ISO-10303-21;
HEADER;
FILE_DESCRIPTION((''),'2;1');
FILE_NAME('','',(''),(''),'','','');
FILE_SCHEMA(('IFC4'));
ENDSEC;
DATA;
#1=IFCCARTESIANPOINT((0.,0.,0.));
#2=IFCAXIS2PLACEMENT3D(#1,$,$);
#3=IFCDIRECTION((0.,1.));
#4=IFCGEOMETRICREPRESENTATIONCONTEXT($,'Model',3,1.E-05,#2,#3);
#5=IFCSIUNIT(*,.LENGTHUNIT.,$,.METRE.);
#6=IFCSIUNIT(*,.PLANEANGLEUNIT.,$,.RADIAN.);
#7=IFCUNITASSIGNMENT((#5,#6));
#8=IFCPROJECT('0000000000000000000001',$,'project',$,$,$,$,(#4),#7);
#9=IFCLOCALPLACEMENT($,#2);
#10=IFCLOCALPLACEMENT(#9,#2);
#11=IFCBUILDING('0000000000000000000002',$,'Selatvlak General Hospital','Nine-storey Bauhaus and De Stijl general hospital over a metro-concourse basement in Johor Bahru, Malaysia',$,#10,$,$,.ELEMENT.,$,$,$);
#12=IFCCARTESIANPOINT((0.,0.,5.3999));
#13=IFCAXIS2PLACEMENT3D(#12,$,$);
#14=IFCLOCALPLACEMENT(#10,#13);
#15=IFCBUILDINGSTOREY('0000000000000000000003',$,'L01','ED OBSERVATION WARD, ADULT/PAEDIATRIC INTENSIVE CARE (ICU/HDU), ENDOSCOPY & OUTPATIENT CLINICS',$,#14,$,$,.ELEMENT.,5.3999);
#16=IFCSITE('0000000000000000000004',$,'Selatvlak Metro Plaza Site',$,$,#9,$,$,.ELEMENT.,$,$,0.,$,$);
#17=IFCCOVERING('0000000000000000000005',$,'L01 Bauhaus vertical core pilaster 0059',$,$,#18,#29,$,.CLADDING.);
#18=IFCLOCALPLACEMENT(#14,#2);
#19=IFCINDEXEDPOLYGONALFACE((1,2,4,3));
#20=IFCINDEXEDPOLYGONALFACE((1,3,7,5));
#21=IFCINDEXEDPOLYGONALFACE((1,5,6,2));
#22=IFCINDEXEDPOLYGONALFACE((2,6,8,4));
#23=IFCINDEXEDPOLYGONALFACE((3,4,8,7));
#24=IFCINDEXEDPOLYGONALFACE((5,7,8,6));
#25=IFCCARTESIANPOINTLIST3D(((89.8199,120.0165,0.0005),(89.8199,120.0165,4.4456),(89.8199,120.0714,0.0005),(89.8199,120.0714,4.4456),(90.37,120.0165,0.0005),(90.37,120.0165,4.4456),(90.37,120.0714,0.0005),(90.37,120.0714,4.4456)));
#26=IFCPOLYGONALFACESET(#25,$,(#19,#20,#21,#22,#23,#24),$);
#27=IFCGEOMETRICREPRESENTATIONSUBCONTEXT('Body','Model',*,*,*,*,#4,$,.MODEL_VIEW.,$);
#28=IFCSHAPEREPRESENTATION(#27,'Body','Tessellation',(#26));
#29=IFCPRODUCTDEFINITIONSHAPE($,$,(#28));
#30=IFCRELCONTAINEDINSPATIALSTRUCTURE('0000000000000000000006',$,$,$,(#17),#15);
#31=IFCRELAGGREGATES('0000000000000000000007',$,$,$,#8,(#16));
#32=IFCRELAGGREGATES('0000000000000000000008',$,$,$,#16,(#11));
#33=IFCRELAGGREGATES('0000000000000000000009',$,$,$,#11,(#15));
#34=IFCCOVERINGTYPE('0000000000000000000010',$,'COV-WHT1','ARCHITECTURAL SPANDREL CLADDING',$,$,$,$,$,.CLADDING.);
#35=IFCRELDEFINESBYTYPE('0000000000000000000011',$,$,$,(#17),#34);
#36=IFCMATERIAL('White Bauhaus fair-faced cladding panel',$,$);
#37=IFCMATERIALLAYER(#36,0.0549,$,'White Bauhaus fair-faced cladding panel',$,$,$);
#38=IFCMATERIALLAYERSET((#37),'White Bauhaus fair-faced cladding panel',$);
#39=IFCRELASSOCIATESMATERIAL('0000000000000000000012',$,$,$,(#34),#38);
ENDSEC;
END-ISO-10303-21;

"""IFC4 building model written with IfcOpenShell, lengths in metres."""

from ifc_helpers import new_model, si_unit, direction, frame, origin, origin_2d, place, context, subcontext, project, spatial, rectangle, extrude, material, layer, layer_set, type_object, element, save


model = new_model("IFC4")

# Units and contexts
model_context = context("Model", 3, precision=1e-05, world=origin(), true_north=direction((0.0, 1.0)))
body_context = subcontext(model_context, "Body", "Model", "MODEL_VIEW")
ifc_project = project(units=[si_unit("LENGTHUNIT", "METRE"), si_unit("PLANEANGLEUNIT", "RADIAN")], contexts=[model_context])

# Site, building, storey
site_placement = place(None, origin())
site = spatial("IfcSite", under=ifc_project, at=site_placement, Name="Selatvlak Metro Plaza Site", CompositionType="ELEMENT", RefElevation=0.0)
building_placement = place(site_placement, origin())
building = spatial("IfcBuilding", under=site, at=building_placement, Name="Selatvlak General Hospital", Description="Nine-storey Bauhaus and De Stijl general hospital over a metro-concourse basement in Johor Bahru, Malaysia", CompositionType="ELEMENT")
storey_placement = place(building_placement, frame((0.0, 0.0, 5.3999)))
storey = spatial("IfcBuildingStorey", under=building, at=storey_placement, Name="L01", Description="ED OBSERVATION WARD, ADULT/PAEDIATRIC INTENSIVE CARE (ICU/HDU), ENDOSCOPY & OUTPATIENT CLINICS", CompositionType="ELEMENT", Elevation=5.3999)

# Covering
ifc_material_1 = material(Name="White Bauhaus fair-faced cladding panel")
ifc_layer_1 = layer(ifc_material_1, 0.0549, Name="White Bauhaus fair-faced cladding panel")
ifc_layer_set_1 = layer_set([ifc_layer_1], Name="White Bauhaus fair-faced cladding panel")
covering_type = type_object("IfcCoveringType", Name="COV-WHT1", Description="ARCHITECTURAL SPANDREL CLADDING", PredefinedType="CLADDING", material=ifc_layer_set_1)
covering_1_placement = place(storey_placement, frame((90.095, 120.0439, 0.0005), z_axis=(0.0, 0.0, 1.0), x_axis=(1.0, 0.0, 0.0)))
element("IfcCovering", 1, at=covering_1_placement, inside=storey, type_object=covering_type, Name="L01 Bauhaus vertical core pilaster 0059", PredefinedType="CLADDING", context=body_context, shape_type="SweptSolid", body=[
    extrude(rectangle(XDim=0.55, YDim=0.0549, at=origin_2d()), origin(), (0.0, 0.0, 1.0), 4.4451),
])

save(model, "model.ifc")
